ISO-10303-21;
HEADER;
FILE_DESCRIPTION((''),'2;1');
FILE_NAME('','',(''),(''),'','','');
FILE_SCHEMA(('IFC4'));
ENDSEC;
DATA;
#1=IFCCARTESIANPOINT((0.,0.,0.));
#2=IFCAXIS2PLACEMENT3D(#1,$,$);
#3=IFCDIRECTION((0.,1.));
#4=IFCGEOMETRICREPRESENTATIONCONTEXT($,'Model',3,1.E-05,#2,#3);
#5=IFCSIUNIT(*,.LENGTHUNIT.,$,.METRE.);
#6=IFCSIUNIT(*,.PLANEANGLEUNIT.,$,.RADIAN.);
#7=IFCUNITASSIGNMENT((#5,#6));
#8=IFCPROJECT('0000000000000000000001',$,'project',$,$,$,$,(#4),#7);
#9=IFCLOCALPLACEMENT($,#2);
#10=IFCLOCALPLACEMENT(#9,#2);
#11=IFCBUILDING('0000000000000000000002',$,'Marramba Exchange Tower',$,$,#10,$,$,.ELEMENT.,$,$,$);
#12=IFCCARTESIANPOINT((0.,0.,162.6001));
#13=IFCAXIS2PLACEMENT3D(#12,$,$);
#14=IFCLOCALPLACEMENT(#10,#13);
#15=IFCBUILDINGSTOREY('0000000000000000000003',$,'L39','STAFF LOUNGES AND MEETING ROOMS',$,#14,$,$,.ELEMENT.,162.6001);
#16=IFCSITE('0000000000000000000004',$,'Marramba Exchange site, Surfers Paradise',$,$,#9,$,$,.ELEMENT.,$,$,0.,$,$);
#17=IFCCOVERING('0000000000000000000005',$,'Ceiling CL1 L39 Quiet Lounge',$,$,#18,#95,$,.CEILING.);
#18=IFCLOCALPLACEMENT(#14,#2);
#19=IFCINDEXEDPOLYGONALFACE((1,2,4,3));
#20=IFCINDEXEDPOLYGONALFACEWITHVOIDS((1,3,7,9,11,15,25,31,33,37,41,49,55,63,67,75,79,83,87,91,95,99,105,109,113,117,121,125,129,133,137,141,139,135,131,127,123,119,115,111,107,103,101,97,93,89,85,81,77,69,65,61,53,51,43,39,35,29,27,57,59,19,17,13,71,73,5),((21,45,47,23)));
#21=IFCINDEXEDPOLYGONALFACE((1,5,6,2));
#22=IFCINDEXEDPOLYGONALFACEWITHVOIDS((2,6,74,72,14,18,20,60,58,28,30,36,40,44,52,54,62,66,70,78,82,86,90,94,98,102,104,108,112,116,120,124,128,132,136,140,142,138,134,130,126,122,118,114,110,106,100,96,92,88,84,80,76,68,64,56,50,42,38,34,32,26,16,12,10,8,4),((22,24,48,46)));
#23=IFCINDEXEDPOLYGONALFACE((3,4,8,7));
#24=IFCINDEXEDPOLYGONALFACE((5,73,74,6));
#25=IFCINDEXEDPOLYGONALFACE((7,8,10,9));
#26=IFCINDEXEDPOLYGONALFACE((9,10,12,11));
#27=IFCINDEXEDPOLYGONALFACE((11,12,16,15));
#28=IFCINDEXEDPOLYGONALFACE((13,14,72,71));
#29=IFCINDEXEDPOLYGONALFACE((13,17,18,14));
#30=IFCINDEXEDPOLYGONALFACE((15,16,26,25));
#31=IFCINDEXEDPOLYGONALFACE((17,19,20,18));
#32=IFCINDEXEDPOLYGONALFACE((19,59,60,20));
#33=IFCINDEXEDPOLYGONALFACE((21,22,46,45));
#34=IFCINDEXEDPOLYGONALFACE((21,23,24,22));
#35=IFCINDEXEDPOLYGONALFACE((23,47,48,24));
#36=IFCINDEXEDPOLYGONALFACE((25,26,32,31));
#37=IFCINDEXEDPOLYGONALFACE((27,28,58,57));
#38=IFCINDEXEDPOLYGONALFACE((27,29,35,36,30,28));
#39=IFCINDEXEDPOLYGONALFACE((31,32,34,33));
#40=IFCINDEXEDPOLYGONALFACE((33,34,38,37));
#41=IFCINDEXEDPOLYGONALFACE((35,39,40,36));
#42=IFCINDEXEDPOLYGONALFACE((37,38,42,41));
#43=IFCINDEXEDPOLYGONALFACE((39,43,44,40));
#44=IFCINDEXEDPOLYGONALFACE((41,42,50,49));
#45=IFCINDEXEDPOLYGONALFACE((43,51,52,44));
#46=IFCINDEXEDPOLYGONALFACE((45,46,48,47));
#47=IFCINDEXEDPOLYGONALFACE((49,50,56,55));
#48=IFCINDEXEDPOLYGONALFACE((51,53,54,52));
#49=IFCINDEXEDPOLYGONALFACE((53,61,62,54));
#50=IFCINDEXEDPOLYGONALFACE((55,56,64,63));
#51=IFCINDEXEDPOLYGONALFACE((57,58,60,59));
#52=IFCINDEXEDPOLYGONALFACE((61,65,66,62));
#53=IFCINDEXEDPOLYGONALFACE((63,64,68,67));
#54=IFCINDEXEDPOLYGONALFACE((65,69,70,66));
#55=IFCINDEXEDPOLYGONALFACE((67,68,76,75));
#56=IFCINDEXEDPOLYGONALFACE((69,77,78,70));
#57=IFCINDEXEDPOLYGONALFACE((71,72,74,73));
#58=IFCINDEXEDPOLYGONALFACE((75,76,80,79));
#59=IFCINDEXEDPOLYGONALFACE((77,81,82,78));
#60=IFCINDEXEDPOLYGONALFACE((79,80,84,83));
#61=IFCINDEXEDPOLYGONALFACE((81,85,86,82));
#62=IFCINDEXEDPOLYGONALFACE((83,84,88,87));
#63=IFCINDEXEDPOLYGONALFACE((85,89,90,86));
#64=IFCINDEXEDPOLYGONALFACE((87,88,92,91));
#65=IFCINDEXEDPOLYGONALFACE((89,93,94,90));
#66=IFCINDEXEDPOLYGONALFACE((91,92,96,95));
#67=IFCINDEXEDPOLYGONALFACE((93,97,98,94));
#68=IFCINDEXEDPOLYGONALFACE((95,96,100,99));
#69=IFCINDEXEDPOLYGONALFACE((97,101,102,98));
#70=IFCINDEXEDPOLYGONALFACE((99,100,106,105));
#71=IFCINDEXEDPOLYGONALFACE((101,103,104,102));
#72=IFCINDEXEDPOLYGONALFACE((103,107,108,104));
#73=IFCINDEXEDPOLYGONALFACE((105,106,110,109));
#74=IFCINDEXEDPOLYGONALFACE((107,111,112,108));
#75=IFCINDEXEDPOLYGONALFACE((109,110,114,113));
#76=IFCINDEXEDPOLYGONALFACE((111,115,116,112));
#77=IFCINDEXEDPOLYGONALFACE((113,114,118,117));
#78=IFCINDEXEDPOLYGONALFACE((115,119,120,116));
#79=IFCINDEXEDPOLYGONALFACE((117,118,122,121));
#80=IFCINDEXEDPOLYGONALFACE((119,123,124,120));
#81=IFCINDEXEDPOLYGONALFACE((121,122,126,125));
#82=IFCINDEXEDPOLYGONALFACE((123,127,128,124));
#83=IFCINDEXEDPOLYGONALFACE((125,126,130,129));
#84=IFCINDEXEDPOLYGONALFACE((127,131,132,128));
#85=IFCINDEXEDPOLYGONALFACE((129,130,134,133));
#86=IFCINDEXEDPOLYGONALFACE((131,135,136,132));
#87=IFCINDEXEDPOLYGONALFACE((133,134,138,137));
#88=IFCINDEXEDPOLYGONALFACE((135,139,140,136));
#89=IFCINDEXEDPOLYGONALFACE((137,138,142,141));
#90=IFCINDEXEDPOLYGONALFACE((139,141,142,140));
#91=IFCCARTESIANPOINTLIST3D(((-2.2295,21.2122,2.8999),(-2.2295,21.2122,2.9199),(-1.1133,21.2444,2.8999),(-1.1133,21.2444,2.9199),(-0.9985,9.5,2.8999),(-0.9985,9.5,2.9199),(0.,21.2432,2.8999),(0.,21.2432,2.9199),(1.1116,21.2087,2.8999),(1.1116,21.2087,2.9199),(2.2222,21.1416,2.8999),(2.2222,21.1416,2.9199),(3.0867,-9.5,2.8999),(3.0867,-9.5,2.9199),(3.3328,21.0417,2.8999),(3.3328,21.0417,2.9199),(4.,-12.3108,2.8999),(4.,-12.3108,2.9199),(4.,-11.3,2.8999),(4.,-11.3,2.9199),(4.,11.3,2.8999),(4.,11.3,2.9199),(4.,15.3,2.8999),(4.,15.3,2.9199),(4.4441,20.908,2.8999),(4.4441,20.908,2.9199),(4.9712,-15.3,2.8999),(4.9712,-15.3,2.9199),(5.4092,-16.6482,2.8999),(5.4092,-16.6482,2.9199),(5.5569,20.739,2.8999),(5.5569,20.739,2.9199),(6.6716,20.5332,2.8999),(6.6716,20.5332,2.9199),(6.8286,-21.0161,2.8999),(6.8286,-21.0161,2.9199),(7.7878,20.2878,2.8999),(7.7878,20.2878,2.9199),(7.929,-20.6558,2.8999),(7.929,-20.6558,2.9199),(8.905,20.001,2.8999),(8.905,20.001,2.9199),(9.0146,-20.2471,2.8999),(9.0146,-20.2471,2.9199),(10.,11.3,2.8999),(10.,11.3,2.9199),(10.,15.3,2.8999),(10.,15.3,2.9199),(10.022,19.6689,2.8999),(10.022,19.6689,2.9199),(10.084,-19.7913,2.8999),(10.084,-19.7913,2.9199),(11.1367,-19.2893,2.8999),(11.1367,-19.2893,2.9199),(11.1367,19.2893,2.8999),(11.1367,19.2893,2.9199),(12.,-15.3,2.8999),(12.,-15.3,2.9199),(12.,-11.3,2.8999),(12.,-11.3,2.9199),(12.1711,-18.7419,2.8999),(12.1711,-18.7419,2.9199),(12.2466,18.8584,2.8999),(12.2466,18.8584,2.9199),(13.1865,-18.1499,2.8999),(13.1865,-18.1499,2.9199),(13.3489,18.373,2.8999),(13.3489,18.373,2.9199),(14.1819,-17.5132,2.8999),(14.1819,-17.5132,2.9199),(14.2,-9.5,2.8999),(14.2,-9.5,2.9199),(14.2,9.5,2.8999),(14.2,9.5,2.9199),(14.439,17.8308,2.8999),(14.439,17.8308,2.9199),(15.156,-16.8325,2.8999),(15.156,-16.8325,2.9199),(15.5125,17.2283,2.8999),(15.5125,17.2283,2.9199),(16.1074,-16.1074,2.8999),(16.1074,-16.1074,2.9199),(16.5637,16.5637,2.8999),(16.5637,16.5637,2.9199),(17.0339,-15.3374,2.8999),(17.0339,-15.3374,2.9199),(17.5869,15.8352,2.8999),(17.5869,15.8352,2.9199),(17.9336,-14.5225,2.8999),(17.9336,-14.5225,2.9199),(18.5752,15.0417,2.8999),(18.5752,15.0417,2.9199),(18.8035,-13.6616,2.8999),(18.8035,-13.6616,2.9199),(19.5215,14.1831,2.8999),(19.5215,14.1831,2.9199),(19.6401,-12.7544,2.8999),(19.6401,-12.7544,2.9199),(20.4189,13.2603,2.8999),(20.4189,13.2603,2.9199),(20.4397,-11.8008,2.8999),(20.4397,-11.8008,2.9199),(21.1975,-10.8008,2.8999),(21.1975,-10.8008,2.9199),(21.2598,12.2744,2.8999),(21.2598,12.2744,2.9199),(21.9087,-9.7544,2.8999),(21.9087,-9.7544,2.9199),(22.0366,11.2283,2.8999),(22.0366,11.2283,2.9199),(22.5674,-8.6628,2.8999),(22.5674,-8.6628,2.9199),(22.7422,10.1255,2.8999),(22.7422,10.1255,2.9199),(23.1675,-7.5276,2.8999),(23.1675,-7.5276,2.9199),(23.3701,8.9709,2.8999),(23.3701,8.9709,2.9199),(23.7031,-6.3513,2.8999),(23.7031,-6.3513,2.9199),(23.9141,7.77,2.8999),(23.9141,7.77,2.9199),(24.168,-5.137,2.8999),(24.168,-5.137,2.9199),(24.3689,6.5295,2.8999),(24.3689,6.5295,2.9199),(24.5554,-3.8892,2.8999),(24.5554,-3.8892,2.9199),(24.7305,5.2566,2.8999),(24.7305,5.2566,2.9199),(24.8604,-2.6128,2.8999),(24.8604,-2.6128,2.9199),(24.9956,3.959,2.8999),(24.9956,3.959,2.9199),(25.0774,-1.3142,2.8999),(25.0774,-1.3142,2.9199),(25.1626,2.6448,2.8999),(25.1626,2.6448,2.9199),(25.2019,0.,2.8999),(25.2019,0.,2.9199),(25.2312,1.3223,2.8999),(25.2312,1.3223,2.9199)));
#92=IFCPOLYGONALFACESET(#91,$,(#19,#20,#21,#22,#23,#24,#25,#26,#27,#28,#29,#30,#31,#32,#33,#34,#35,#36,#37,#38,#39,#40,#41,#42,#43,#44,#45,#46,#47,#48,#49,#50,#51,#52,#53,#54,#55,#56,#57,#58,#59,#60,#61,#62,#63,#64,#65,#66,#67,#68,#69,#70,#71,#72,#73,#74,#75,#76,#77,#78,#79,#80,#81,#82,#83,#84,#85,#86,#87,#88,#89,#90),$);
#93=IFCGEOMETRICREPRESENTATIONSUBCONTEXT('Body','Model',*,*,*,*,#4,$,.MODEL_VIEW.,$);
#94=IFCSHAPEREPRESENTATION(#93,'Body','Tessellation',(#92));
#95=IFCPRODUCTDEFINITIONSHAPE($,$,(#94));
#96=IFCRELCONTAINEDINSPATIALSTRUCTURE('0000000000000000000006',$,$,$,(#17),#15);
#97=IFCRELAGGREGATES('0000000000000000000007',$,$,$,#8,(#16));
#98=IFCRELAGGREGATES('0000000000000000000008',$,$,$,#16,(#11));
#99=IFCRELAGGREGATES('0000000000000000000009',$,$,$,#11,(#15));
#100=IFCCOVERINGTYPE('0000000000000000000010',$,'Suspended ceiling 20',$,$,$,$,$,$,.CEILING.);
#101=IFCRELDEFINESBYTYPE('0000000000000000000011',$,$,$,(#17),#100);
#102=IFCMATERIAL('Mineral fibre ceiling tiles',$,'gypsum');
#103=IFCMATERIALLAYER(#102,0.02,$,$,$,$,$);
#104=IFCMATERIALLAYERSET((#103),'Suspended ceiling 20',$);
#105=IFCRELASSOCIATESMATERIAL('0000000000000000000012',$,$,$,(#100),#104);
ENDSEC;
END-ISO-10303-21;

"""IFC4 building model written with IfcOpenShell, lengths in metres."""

from ifc_helpers import new_model, si_unit, direction, frame, origin, place, context, subcontext, project, spatial, polyline, outline, extrude, material, layer, layer_set, type_object, element, save


model = new_model("IFC4")

# Units and contexts
model_context = context("Model", 3, precision=1e-05, world=origin(), true_north=direction((0.0, 1.0)))
body_context = subcontext(model_context, "Body", "Model", "MODEL_VIEW")
ifc_project = project(units=[si_unit("LENGTHUNIT", "METRE"), si_unit("PLANEANGLEUNIT", "RADIAN")], contexts=[model_context])

# Site, building, storey
site_placement = place(None, origin())
site = spatial("IfcSite", under=ifc_project, at=site_placement, Name="Marramba Exchange site, Surfers Paradise", CompositionType="ELEMENT", RefElevation=0.0)
building_placement = place(site_placement, origin())
building = spatial("IfcBuilding", under=site, at=building_placement, Name="Marramba Exchange Tower", CompositionType="ELEMENT")
storey_placement = place(building_placement, frame((0.0, 0.0, 162.6001)))
storey = spatial("IfcBuildingStorey", under=building, at=storey_placement, Name="L39", Description="STAFF LOUNGES AND MEETING ROOMS", CompositionType="ELEMENT", Elevation=162.6001)

# Covering
ifc_material_1 = material(Name="Mineral fibre ceiling tiles", Category="gypsum")
ifc_layer_1 = layer(ifc_material_1, 0.02)
ifc_layer_set_1 = layer_set([ifc_layer_1], Name="Suspended ceiling 20")
covering_type = type_object("IfcCoveringType", Name="Suspended ceiling 20", PredefinedType="CEILING", material=ifc_layer_set_1)
covering_1_placement = place(storey_placement, frame((0.0, 0.0, 2.8999)))
element("IfcCovering", 1, at=covering_1_placement, inside=storey, type_object=covering_type, Name="Ceiling CL1 L39 Quiet Lounge", PredefinedType="CEILING", context=body_context, shape_type="SweptSolid", body=[
    extrude(outline(polyline([(14.2, 9.5), (-0.9985, 9.5), (-2.2295, 21.2122), (-1.1133, 21.2444), (0.0, 21.2432), (1.1116, 21.2087), (2.2222, 21.1416), (3.3328, 21.0417), (4.4441, 20.908), (5.5569, 20.739), (6.6716, 20.5332), (7.7878, 20.2878), (8.905, 20.001), (10.022, 19.6689), (11.1367, 19.2893), (12.2466, 18.8584), (13.3489, 18.373), (14.439, 17.8308), (15.5125, 17.2283), (16.5637, 16.5637), (17.5869, 15.8352), (18.5752, 15.0417), (19.5215, 14.1831), (20.4189, 13.2603), (21.2598, 12.2744), (22.0366, 11.2283), (22.7422, 10.1255), (23.3701, 8.9709), (23.9141, 7.77), (24.3689, 6.5295), (24.7305, 5.2566), (24.9956, 3.959), (25.1626, 2.6448), (25.2312, 1.3223), (25.2019, 0.0), (25.0774, -1.3142), (24.8604, -2.6128), (24.5554, -3.8892), (24.168, -5.137), (23.7031, -6.3513), (23.1675, -7.5276), (22.5674, -8.6628), (21.9087, -9.7544), (21.1975, -10.8008), (20.4397, -11.8008), (19.6401, -12.7544), (18.8035, -13.6616), (17.9336, -14.5225), (17.0339, -15.3374), (16.1074, -16.1074), (15.156, -16.8325), (14.1819, -17.5132), (13.1865, -18.1499), (12.1711, -18.7419), (11.1367, -19.2893), (10.084, -19.7913), (9.0146, -20.2471), (7.929, -20.6558), (6.8286, -21.0161), (5.4092, -16.6482), (4.9712, -15.3), (12.0, -15.3), (12.0, -11.3), (4.0, -11.3), (4.0, -12.3108), (3.0867, -9.5), (14.2, -9.5), (14.2, 9.5)]), holes=[polyline([(10.0, 11.3), (10.0, 15.3), (4.0, 15.3), (4.0, 11.3), (10.0, 11.3)])]), origin(), (0.0, 0.0, 1.0), 0.02),
])

save(model, "model.ifc")
